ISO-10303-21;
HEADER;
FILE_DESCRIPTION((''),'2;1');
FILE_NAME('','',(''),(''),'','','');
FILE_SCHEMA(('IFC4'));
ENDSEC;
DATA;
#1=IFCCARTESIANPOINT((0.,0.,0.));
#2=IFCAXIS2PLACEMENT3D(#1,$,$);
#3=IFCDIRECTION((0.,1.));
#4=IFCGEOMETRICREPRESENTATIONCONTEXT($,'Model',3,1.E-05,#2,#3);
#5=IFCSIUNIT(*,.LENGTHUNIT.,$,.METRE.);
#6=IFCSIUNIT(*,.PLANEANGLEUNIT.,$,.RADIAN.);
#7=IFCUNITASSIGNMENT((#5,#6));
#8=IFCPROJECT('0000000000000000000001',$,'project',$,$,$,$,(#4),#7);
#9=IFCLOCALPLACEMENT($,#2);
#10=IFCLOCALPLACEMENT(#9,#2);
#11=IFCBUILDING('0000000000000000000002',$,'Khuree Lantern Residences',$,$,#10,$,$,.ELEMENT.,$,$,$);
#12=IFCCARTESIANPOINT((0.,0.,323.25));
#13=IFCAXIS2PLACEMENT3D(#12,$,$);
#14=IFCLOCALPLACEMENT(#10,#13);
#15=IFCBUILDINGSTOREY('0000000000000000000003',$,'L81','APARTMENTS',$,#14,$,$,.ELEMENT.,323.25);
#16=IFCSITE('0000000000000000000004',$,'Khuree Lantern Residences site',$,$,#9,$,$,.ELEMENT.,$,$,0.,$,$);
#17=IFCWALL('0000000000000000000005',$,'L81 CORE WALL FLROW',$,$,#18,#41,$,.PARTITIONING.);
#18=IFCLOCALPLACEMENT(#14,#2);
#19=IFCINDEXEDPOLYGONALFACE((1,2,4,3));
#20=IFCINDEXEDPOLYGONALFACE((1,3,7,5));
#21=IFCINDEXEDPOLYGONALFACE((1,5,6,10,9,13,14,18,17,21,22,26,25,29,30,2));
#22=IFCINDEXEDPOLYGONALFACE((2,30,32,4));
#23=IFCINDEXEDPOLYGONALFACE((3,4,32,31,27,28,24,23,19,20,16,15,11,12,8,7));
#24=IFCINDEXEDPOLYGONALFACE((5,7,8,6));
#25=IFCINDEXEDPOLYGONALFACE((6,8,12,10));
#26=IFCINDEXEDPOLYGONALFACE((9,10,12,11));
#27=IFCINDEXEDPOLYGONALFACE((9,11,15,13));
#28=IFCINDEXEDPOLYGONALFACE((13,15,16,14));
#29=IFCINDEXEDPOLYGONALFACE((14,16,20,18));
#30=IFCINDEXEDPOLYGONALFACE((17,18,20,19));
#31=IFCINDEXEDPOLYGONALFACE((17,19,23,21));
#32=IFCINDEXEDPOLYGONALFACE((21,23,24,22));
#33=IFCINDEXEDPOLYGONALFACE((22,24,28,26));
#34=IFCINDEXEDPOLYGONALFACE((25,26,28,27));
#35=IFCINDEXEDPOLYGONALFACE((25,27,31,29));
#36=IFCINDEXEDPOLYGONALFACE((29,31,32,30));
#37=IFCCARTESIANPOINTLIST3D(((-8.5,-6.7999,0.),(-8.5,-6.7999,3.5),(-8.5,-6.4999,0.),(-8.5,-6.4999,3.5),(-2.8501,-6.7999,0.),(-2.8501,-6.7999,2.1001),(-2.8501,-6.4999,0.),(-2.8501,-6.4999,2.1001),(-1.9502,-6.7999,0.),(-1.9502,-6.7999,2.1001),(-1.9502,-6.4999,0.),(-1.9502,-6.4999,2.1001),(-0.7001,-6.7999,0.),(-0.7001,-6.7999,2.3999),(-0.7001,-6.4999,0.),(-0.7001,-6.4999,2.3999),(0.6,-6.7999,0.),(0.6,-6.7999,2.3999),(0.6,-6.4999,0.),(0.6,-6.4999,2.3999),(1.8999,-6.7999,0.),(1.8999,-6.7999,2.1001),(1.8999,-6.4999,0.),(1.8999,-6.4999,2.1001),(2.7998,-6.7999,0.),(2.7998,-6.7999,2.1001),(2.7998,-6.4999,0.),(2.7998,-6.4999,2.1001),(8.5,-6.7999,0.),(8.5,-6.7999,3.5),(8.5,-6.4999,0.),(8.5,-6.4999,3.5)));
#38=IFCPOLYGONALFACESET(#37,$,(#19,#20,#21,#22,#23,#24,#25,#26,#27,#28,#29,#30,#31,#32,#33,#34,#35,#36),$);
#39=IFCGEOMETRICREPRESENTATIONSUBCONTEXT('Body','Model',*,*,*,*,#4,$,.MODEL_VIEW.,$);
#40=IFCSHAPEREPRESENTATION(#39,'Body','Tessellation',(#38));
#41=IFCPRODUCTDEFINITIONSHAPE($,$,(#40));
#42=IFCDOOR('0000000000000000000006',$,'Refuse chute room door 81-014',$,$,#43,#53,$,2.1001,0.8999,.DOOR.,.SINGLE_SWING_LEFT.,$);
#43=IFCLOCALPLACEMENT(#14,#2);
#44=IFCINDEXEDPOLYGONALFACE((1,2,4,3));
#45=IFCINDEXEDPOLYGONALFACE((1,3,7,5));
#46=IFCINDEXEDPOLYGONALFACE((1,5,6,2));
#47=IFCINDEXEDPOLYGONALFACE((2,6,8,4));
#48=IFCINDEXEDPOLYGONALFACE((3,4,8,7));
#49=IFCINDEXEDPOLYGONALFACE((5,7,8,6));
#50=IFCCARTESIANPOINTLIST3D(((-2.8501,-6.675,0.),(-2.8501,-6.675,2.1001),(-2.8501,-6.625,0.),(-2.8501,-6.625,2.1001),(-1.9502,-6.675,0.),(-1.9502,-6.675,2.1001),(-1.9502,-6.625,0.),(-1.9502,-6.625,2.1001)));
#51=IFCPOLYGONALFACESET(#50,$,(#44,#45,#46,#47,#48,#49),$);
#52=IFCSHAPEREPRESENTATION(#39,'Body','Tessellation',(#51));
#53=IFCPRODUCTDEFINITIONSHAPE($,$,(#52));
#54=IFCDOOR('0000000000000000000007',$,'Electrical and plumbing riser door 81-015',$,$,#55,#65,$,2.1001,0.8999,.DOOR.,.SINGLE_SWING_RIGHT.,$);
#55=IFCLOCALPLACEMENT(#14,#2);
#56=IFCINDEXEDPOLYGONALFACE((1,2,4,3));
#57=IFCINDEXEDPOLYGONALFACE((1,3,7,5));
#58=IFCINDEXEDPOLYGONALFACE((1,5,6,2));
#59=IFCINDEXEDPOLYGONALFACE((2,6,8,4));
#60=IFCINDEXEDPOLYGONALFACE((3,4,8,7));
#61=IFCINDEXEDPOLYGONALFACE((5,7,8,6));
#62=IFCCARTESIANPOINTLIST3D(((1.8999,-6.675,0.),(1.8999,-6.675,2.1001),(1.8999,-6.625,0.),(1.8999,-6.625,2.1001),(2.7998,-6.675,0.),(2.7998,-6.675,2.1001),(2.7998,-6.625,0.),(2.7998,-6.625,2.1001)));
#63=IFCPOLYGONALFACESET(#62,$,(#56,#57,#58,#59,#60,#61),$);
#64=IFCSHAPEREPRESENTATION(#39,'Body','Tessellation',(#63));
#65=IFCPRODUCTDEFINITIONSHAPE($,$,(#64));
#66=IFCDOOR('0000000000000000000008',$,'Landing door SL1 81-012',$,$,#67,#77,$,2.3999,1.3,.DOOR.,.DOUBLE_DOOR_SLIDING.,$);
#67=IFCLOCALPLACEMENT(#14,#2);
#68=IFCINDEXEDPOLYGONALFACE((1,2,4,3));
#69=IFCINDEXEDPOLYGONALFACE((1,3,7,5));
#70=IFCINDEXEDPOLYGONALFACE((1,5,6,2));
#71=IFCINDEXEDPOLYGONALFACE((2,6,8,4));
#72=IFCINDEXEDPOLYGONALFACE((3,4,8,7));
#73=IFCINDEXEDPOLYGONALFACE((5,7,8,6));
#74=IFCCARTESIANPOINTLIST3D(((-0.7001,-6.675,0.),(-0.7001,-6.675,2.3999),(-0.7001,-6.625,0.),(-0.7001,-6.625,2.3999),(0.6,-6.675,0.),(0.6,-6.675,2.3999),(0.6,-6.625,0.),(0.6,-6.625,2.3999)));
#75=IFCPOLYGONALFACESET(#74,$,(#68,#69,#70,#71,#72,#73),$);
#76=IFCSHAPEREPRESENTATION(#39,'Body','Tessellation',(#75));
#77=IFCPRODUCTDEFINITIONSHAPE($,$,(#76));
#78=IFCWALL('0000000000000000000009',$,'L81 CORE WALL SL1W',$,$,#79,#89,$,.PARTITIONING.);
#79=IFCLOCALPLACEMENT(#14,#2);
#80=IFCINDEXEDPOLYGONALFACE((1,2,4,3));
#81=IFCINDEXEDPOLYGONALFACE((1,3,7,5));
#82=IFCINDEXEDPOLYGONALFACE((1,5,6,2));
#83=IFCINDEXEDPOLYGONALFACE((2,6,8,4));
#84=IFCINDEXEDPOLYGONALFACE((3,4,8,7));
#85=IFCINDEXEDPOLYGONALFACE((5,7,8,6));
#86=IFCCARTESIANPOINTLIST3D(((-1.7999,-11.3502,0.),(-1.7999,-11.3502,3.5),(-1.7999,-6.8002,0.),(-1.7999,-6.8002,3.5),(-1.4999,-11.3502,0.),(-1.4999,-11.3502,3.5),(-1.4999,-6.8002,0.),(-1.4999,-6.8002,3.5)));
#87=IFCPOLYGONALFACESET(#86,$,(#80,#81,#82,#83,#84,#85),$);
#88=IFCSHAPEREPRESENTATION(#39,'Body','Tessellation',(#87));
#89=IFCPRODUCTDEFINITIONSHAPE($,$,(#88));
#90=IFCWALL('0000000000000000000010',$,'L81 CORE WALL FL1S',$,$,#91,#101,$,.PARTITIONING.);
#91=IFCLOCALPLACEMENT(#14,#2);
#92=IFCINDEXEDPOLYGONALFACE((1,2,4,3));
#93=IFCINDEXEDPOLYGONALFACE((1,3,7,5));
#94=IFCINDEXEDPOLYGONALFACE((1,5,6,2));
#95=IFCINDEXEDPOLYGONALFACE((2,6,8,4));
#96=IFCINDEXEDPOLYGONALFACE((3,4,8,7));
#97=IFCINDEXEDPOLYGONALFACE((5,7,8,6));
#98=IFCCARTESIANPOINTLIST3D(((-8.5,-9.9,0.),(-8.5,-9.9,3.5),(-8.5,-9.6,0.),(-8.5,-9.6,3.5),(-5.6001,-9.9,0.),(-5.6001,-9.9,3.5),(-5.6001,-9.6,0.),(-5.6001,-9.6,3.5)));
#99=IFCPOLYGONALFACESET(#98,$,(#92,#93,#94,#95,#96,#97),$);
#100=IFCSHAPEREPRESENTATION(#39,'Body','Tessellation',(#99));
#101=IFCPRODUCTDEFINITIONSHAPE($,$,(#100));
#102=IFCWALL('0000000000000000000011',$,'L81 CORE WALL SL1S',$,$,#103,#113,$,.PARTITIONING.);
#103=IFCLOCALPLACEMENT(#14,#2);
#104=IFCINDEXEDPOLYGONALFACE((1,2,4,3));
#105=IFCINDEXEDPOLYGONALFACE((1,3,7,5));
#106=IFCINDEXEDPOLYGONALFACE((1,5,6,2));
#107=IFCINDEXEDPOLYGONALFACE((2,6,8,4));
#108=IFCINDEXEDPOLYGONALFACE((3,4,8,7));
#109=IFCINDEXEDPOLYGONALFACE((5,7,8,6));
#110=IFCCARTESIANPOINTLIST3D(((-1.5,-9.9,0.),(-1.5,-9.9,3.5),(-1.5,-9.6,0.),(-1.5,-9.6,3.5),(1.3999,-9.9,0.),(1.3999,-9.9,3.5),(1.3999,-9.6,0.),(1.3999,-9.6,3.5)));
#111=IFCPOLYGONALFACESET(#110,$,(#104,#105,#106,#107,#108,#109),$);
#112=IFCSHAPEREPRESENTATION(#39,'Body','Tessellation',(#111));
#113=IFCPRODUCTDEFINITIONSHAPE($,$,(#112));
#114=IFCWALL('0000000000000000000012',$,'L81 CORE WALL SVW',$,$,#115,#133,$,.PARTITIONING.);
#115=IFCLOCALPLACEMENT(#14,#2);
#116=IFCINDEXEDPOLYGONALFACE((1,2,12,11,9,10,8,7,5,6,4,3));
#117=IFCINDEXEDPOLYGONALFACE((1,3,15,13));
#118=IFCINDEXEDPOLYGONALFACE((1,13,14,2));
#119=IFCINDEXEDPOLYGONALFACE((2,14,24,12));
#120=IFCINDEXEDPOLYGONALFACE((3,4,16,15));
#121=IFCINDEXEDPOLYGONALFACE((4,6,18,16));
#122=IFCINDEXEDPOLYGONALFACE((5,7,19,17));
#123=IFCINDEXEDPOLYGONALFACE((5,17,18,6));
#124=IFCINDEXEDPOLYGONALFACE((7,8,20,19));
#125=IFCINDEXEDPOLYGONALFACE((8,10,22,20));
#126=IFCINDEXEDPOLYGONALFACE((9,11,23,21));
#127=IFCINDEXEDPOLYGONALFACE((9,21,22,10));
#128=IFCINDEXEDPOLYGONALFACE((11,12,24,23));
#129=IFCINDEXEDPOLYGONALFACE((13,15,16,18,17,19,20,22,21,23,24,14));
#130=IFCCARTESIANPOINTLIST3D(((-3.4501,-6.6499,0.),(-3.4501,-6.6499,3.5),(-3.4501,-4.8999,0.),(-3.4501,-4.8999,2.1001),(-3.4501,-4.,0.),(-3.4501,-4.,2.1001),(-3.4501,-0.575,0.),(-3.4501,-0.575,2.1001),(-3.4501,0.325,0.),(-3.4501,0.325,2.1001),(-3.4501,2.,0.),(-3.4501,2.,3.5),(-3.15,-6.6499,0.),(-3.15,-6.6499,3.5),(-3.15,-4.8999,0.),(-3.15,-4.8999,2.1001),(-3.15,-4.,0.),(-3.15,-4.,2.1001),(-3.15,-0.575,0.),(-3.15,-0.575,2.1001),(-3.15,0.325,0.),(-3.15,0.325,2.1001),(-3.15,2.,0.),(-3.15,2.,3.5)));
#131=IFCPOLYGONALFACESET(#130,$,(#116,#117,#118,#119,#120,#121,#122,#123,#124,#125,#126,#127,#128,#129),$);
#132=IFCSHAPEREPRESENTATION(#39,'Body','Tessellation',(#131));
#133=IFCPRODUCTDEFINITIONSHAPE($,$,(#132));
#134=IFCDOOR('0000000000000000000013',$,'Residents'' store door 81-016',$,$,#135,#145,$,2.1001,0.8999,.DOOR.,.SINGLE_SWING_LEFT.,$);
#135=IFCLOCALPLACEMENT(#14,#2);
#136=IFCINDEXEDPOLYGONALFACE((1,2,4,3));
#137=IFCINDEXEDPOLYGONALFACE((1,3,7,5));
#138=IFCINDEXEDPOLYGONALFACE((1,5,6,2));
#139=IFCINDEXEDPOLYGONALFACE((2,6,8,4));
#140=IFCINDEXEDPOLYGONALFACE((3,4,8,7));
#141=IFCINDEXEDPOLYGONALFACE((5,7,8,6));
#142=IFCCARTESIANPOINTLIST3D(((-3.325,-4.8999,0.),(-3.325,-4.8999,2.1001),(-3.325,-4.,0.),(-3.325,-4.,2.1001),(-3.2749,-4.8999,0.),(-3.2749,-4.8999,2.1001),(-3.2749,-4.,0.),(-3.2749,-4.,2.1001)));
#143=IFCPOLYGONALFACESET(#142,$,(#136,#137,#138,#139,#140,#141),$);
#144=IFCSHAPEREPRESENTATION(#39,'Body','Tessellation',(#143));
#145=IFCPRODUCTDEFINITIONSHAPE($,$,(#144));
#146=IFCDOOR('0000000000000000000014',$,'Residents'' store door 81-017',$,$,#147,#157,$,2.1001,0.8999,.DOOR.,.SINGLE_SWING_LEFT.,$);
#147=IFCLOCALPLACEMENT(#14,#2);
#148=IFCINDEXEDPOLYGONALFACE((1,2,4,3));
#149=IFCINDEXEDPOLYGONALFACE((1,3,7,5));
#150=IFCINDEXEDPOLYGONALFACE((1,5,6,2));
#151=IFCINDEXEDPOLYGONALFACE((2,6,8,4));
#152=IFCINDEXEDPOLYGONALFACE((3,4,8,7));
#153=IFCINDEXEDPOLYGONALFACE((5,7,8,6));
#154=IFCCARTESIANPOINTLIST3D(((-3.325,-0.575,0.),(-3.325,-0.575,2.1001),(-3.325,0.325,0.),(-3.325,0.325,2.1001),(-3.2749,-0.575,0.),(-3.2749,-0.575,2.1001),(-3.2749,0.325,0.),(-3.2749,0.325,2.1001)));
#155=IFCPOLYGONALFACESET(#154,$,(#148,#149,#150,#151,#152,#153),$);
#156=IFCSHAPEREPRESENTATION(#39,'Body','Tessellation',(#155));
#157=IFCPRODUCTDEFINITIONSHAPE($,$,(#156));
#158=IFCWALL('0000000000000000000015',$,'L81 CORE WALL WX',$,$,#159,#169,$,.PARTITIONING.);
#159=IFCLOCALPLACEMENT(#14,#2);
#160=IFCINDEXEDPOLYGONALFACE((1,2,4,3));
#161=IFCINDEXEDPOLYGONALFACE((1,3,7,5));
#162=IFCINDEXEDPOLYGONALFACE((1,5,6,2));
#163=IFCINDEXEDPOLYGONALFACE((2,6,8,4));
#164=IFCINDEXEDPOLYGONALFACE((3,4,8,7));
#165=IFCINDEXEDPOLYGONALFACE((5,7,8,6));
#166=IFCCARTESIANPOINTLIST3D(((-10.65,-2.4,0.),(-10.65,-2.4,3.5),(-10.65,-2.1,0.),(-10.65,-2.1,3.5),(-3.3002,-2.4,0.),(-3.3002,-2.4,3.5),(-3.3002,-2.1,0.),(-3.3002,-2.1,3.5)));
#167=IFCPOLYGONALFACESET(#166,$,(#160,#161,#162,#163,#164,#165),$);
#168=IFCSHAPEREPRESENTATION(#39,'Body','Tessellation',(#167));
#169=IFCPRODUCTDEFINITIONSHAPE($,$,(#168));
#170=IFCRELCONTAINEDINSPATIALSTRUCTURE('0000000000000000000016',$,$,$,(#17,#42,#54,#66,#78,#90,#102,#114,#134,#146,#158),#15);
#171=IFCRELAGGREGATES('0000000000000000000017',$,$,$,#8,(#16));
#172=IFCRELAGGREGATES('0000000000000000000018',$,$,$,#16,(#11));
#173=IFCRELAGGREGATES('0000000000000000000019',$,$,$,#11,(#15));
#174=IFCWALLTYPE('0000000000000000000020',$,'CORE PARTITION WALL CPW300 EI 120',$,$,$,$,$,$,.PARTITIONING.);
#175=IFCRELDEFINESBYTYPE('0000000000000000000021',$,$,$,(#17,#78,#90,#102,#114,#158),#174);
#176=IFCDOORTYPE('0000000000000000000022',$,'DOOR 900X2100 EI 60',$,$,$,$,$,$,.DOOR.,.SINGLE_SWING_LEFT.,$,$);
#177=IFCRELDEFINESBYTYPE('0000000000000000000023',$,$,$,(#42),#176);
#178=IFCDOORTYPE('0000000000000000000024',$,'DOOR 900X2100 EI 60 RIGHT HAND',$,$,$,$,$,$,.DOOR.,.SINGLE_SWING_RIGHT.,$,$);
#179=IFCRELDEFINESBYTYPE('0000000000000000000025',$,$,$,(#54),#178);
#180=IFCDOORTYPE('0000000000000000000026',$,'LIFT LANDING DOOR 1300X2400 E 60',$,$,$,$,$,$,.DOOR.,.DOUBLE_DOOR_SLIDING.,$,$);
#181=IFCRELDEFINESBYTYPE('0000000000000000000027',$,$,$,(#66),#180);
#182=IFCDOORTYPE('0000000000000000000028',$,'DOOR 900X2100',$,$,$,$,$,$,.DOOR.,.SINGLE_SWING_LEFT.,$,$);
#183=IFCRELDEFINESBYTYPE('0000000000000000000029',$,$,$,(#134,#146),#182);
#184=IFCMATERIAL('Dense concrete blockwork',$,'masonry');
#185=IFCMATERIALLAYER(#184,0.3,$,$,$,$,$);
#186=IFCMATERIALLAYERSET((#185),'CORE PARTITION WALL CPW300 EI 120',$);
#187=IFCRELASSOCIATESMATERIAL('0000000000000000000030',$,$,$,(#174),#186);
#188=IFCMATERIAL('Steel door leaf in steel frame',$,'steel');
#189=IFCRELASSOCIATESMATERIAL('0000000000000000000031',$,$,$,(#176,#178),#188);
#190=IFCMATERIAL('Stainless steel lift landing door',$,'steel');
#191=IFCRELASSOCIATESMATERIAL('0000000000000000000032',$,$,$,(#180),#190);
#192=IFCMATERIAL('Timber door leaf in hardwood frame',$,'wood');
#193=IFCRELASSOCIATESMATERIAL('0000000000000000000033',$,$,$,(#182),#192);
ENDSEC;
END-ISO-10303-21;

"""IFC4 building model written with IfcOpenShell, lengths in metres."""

from ifc_helpers import new_model, si_unit, direction, frame, frame_2d, origin, place, context, subcontext, project, spatial, rectangle, extrude, material, layer, layer_set, type_object, element, fill, save


model = new_model("IFC4")

# Units and contexts
model_context = context("Model", 3, precision=1e-05, world=origin(), true_north=direction((0.0, 1.0)))
body_context = subcontext(model_context, "Body", "Model", "MODEL_VIEW")
ifc_project = project(units=[si_unit("LENGTHUNIT", "METRE"), si_unit("PLANEANGLEUNIT", "RADIAN")], contexts=[model_context])

# Site, building, storey
site_placement = place(None, origin())
site = spatial("IfcSite", under=ifc_project, at=site_placement, Name="Khuree Lantern Residences site", CompositionType="ELEMENT", RefElevation=0.0)
building_placement = place(site_placement, origin())
building = spatial("IfcBuilding", under=site, at=building_placement, Name="Khuree Lantern Residences", CompositionType="ELEMENT")
storey_placement = place(building_placement, frame((0.0, 0.0, 323.25)))
storey = spatial("IfcBuildingStorey", under=building, at=storey_placement, Name="L81", Description="APARTMENTS", CompositionType="ELEMENT", Elevation=323.25)

# Wall, openings, doors
ifc_material_1 = material(Name="Dense concrete blockwork", Category="masonry")
ifc_layer_1 = layer(ifc_material_1, 0.3)
ifc_layer_set_1 = layer_set([ifc_layer_1], Name="CORE PARTITION WALL CPW300 EI 120")
wall_type_1 = type_object("IfcWallType", Name="CORE PARTITION WALL CPW300 EI 120", PredefinedType="PARTITIONING", material=ifc_layer_set_1)
wall_1_placement = place(storey_placement, frame((-8.5, -6.6499, 0.0), z_axis=(0.0, 0.0, 1.0), x_axis=(1.0, 0.0, 0.0)))
wall_1 = element("IfcWall", 1, at=wall_1_placement, inside=storey, type_object=wall_type_1, Name="L81 CORE WALL FLROW", PredefinedType="PARTITIONING", context=body_context, shape_type="SweptSolid", body=[
    extrude(rectangle(XDim=17.0, YDim=0.3, at=frame_2d((8.5, 0.0))), origin(), (0.0, 0.0, 1.0), 3.5),
])
opening_1_placement = place(wall_1_placement, frame((7.8, 0.0, 0.0)))
opening_1 = element("IfcOpeningElement", 2, at=opening_1_placement, cuts=wall_1, PredefinedType="OPENING", context=body_context, shape_type="SweptSolid", body=[
    extrude(rectangle(XDim=1.3, YDim=2.3999, at=frame_2d((0.6499, 1.2))), frame((0.0, 0.1602, 0.0), z_axis=(0.0, -1.0, 0.0), x_axis=(1.0, 0.0, 0.0)), (0.0, 0.0, 1.0), 0.3201),
])
opening_2_placement = place(wall_1_placement, frame((5.6499, 0.0, 0.0)))
opening_2 = element("IfcOpeningElement", 3, at=opening_2_placement, cuts=wall_1, PredefinedType="OPENING", context=body_context, shape_type="SweptSolid", body=[
    extrude(rectangle(XDim=0.8999, YDim=2.1001, at=frame_2d((0.45, 1.05))), frame((0.0, 0.1602, 0.0), z_axis=(0.0, -1.0, 0.0), x_axis=(1.0, 0.0, 0.0)), (0.0, 0.0, 1.0), 0.3201),
])
opening_3_placement = place(wall_1_placement, frame((10.3999, 0.0, 0.0)))
opening_3 = element("IfcOpeningElement", 4, at=opening_3_placement, cuts=wall_1, PredefinedType="OPENING", context=body_context, shape_type="SweptSolid", body=[
    extrude(rectangle(XDim=0.8999, YDim=2.1001, at=frame_2d((0.45, 1.05))), frame((0.0, 0.1602, 0.0), z_axis=(0.0, -1.0, 0.0), x_axis=(1.0, 0.0, 0.0)), (0.0, 0.0, 1.0), 0.3201),
])
ifc_material_2 = material(Name="Steel door leaf in steel frame", Category="steel")
door_type_1 = type_object("IfcDoorType", Name="DOOR 900X2100 EI 60", OperationType="SINGLE_SWING_LEFT", PredefinedType="DOOR", material=ifc_material_2)
door_1_placement = place(opening_2_placement, origin())
door_1 = element("IfcDoor", 5, at=door_1_placement, inside=storey, type_object=door_type_1, Name="Refuse chute room door 81-014", OperationType="SINGLE_SWING_LEFT", OverallHeight=2.1001, OverallWidth=0.8999, PredefinedType="DOOR", context=body_context, shape_type="SweptSolid", body=[
    extrude(rectangle(XDim=0.8999, YDim=2.1001, at=frame_2d((0.45, 1.05))), frame((0.0, 0.0249, 0.0), z_axis=(0.0, -1.0, 0.0), x_axis=(1.0, 0.0, 0.0)), (0.0, 0.0, 1.0), 0.05),
])
fill(opening_2, door_1)
door_type_2 = type_object("IfcDoorType", Name="DOOR 900X2100 EI 60 RIGHT HAND", OperationType="SINGLE_SWING_RIGHT", PredefinedType="DOOR", material=ifc_material_2)
door_2_placement = place(opening_3_placement, origin())
door_2 = element("IfcDoor", 6, at=door_2_placement, inside=storey, type_object=door_type_2, Name="Electrical and plumbing riser door 81-015", OperationType="SINGLE_SWING_RIGHT", OverallHeight=2.1001, OverallWidth=0.8999, PredefinedType="DOOR", context=body_context, shape_type="SweptSolid", body=[
    extrude(rectangle(XDim=0.8999, YDim=2.1001, at=frame_2d((0.45, 1.05))), frame((0.0, 0.0249, 0.0), z_axis=(0.0, -1.0, 0.0), x_axis=(1.0, 0.0, 0.0)), (0.0, 0.0, 1.0), 0.05),
])
fill(opening_3, door_2)
ifc_material_3 = material(Name="Stainless steel lift landing door", Category="steel")
door_type_3 = type_object("IfcDoorType", Name="LIFT LANDING DOOR 1300X2400 E 60", OperationType="DOUBLE_DOOR_SLIDING", PredefinedType="DOOR", material=ifc_material_3)
door_3_placement = place(opening_1_placement, origin())
door_3 = element("IfcDoor", 7, at=door_3_placement, inside=storey, type_object=door_type_3, Name="Landing door SL1 81-012", OperationType="DOUBLE_DOOR_SLIDING", OverallHeight=2.3999, OverallWidth=1.3, PredefinedType="DOOR", context=body_context, shape_type="SweptSolid", body=[
    extrude(rectangle(XDim=1.3, YDim=2.3999, at=frame_2d((0.6499, 1.2))), frame((0.0, 0.0249, 0.0), z_axis=(0.0, -1.0, 0.0), x_axis=(1.0, 0.0, 0.0)), (0.0, 0.0, 1.0), 0.05),
])
fill(opening_1, door_3)

# Walls
wall_2_placement = place(storey_placement, frame((-1.6499, -11.3501, 0.0), z_axis=(0.0, 0.0, 1.0), x_axis=(0.0, 1.0, 0.0)))
element("IfcWall", 8, at=wall_2_placement, inside=storey, type_object=wall_type_1, Name="L81 CORE WALL SL1W", PredefinedType="PARTITIONING", context=body_context, shape_type="SweptSolid", body=[
    extrude(rectangle(XDim=4.55, YDim=0.3, at=frame_2d((2.2749, 0.0))), origin(), (0.0, 0.0, 1.0), 3.5),
])
for number, where, z_axis, x_axis, name in (
    (9, (-8.5, -9.75, 0.0), (0.0, 0.0, 1.0), (1.0, 0.0, 0.0), "L81 CORE WALL FL1S"),
    (10, (-1.5, -9.75, 0.0), (0.0, 0.0, 1.0), (1.0, 0.0, 0.0), "L81 CORE WALL SL1S"),
):
    element("IfcWall", number, at=place(storey_placement, frame(where, z_axis=z_axis, x_axis=x_axis)), inside=storey, type_object=wall_type_1, Name=name, PredefinedType="PARTITIONING", context=body_context, shape_type="SweptSolid", body=[
        extrude(rectangle(XDim=2.8999, YDim=0.3, at=frame_2d((1.45, 0.0))), origin(), (0.0, 0.0, 1.0), 3.5),
    ])

# Wall, openings, doors
wall_3_placement = place(storey_placement, frame((-3.3, -6.6499, 0.0), z_axis=(0.0, 0.0, 1.0), x_axis=(0.0, 1.0, 0.0)))
wall_3 = element("IfcWall", 11, at=wall_3_placement, inside=storey, type_object=wall_type_1, Name="L81 CORE WALL SVW", PredefinedType="PARTITIONING", context=body_context, shape_type="SweptSolid", body=[
    extrude(rectangle(XDim=8.6499, YDim=0.3, at=frame_2d((4.325, 0.0))), origin(), (0.0, 0.0, 1.0), 3.5),
])
opening_4_placement = place(wall_3_placement, frame((1.75, 0.0, 0.0)))
opening_4 = element("IfcOpeningElement", 12, at=opening_4_placement, cuts=wall_3, PredefinedType="OPENING", context=body_context, shape_type="SweptSolid", body=[
    extrude(rectangle(XDim=0.8999, YDim=2.1001, at=frame_2d((0.45, 1.05))), frame((0.0, 0.1602, 0.0), z_axis=(0.0, -1.0, 0.0), x_axis=(1.0, 0.0, 0.0)), (0.0, 0.0, 1.0), 0.3201),
])
opening_5_placement = place(wall_3_placement, frame((6.075, 0.0, 0.0)))
opening_5 = element("IfcOpeningElement", 13, at=opening_5_placement, cuts=wall_3, PredefinedType="OPENING", context=body_context, shape_type="SweptSolid", body=[
    extrude(rectangle(XDim=0.8999, YDim=2.1001, at=frame_2d((0.45, 1.05))), frame((0.0, 0.1602, 0.0), z_axis=(0.0, -1.0, 0.0), x_axis=(1.0, 0.0, 0.0)), (0.0, 0.0, 1.0), 0.3201),
])
ifc_material_4 = material(Name="Timber door leaf in hardwood frame", Category="wood")
door_type_4 = type_object("IfcDoorType", Name="DOOR 900X2100", OperationType="SINGLE_SWING_LEFT", PredefinedType="DOOR", material=ifc_material_4)
door_4_placement = place(opening_4_placement, origin())
door_4 = element("IfcDoor", 14, at=door_4_placement, inside=storey, type_object=door_type_4, Name="Residents' store door 81-016", OperationType="SINGLE_SWING_LEFT", OverallHeight=2.1001, OverallWidth=0.8999, PredefinedType="DOOR", context=body_context, shape_type="SweptSolid", body=[
    extrude(rectangle(XDim=0.8999, YDim=2.1001, at=frame_2d((0.45, 1.05))), frame((0.0, 0.0249, 0.0), z_axis=(0.0, -1.0, 0.0), x_axis=(1.0, 0.0, 0.0)), (0.0, 0.0, 1.0), 0.05),
])
fill(opening_4, door_4)
door_5_placement = place(opening_5_placement, origin())
door_5 = element("IfcDoor", 15, at=door_5_placement, inside=storey, type_object=door_type_4, Name="Residents' store door 81-017", OperationType="SINGLE_SWING_LEFT", OverallHeight=2.1001, OverallWidth=0.8999, PredefinedType="DOOR", context=body_context, shape_type="SweptSolid", body=[
    extrude(rectangle(XDim=0.8999, YDim=2.1001, at=frame_2d((0.45, 1.05))), frame((0.0, 0.0249, 0.0), z_axis=(0.0, -1.0, 0.0), x_axis=(1.0, 0.0, 0.0)), (0.0, 0.0, 1.0), 0.05),
])
fill(opening_5, door_5)

# Wall
wall_4_placement = place(storey_placement, frame((-10.6499, -2.25, 0.0), z_axis=(0.0, 0.0, 1.0), x_axis=(1.0, 0.0, 0.0)))
element("IfcWall", 16, at=wall_4_placement, inside=storey, type_object=wall_type_1, Name="L81 CORE WALL WX", PredefinedType="PARTITIONING", context=body_context, shape_type="SweptSolid", body=[
    extrude(rectangle(XDim=7.3499, YDim=0.3, at=frame_2d((3.6748, 0.0))), origin(), (0.0, 0.0, 1.0), 3.5),
])

save(model, "model.ifc")
